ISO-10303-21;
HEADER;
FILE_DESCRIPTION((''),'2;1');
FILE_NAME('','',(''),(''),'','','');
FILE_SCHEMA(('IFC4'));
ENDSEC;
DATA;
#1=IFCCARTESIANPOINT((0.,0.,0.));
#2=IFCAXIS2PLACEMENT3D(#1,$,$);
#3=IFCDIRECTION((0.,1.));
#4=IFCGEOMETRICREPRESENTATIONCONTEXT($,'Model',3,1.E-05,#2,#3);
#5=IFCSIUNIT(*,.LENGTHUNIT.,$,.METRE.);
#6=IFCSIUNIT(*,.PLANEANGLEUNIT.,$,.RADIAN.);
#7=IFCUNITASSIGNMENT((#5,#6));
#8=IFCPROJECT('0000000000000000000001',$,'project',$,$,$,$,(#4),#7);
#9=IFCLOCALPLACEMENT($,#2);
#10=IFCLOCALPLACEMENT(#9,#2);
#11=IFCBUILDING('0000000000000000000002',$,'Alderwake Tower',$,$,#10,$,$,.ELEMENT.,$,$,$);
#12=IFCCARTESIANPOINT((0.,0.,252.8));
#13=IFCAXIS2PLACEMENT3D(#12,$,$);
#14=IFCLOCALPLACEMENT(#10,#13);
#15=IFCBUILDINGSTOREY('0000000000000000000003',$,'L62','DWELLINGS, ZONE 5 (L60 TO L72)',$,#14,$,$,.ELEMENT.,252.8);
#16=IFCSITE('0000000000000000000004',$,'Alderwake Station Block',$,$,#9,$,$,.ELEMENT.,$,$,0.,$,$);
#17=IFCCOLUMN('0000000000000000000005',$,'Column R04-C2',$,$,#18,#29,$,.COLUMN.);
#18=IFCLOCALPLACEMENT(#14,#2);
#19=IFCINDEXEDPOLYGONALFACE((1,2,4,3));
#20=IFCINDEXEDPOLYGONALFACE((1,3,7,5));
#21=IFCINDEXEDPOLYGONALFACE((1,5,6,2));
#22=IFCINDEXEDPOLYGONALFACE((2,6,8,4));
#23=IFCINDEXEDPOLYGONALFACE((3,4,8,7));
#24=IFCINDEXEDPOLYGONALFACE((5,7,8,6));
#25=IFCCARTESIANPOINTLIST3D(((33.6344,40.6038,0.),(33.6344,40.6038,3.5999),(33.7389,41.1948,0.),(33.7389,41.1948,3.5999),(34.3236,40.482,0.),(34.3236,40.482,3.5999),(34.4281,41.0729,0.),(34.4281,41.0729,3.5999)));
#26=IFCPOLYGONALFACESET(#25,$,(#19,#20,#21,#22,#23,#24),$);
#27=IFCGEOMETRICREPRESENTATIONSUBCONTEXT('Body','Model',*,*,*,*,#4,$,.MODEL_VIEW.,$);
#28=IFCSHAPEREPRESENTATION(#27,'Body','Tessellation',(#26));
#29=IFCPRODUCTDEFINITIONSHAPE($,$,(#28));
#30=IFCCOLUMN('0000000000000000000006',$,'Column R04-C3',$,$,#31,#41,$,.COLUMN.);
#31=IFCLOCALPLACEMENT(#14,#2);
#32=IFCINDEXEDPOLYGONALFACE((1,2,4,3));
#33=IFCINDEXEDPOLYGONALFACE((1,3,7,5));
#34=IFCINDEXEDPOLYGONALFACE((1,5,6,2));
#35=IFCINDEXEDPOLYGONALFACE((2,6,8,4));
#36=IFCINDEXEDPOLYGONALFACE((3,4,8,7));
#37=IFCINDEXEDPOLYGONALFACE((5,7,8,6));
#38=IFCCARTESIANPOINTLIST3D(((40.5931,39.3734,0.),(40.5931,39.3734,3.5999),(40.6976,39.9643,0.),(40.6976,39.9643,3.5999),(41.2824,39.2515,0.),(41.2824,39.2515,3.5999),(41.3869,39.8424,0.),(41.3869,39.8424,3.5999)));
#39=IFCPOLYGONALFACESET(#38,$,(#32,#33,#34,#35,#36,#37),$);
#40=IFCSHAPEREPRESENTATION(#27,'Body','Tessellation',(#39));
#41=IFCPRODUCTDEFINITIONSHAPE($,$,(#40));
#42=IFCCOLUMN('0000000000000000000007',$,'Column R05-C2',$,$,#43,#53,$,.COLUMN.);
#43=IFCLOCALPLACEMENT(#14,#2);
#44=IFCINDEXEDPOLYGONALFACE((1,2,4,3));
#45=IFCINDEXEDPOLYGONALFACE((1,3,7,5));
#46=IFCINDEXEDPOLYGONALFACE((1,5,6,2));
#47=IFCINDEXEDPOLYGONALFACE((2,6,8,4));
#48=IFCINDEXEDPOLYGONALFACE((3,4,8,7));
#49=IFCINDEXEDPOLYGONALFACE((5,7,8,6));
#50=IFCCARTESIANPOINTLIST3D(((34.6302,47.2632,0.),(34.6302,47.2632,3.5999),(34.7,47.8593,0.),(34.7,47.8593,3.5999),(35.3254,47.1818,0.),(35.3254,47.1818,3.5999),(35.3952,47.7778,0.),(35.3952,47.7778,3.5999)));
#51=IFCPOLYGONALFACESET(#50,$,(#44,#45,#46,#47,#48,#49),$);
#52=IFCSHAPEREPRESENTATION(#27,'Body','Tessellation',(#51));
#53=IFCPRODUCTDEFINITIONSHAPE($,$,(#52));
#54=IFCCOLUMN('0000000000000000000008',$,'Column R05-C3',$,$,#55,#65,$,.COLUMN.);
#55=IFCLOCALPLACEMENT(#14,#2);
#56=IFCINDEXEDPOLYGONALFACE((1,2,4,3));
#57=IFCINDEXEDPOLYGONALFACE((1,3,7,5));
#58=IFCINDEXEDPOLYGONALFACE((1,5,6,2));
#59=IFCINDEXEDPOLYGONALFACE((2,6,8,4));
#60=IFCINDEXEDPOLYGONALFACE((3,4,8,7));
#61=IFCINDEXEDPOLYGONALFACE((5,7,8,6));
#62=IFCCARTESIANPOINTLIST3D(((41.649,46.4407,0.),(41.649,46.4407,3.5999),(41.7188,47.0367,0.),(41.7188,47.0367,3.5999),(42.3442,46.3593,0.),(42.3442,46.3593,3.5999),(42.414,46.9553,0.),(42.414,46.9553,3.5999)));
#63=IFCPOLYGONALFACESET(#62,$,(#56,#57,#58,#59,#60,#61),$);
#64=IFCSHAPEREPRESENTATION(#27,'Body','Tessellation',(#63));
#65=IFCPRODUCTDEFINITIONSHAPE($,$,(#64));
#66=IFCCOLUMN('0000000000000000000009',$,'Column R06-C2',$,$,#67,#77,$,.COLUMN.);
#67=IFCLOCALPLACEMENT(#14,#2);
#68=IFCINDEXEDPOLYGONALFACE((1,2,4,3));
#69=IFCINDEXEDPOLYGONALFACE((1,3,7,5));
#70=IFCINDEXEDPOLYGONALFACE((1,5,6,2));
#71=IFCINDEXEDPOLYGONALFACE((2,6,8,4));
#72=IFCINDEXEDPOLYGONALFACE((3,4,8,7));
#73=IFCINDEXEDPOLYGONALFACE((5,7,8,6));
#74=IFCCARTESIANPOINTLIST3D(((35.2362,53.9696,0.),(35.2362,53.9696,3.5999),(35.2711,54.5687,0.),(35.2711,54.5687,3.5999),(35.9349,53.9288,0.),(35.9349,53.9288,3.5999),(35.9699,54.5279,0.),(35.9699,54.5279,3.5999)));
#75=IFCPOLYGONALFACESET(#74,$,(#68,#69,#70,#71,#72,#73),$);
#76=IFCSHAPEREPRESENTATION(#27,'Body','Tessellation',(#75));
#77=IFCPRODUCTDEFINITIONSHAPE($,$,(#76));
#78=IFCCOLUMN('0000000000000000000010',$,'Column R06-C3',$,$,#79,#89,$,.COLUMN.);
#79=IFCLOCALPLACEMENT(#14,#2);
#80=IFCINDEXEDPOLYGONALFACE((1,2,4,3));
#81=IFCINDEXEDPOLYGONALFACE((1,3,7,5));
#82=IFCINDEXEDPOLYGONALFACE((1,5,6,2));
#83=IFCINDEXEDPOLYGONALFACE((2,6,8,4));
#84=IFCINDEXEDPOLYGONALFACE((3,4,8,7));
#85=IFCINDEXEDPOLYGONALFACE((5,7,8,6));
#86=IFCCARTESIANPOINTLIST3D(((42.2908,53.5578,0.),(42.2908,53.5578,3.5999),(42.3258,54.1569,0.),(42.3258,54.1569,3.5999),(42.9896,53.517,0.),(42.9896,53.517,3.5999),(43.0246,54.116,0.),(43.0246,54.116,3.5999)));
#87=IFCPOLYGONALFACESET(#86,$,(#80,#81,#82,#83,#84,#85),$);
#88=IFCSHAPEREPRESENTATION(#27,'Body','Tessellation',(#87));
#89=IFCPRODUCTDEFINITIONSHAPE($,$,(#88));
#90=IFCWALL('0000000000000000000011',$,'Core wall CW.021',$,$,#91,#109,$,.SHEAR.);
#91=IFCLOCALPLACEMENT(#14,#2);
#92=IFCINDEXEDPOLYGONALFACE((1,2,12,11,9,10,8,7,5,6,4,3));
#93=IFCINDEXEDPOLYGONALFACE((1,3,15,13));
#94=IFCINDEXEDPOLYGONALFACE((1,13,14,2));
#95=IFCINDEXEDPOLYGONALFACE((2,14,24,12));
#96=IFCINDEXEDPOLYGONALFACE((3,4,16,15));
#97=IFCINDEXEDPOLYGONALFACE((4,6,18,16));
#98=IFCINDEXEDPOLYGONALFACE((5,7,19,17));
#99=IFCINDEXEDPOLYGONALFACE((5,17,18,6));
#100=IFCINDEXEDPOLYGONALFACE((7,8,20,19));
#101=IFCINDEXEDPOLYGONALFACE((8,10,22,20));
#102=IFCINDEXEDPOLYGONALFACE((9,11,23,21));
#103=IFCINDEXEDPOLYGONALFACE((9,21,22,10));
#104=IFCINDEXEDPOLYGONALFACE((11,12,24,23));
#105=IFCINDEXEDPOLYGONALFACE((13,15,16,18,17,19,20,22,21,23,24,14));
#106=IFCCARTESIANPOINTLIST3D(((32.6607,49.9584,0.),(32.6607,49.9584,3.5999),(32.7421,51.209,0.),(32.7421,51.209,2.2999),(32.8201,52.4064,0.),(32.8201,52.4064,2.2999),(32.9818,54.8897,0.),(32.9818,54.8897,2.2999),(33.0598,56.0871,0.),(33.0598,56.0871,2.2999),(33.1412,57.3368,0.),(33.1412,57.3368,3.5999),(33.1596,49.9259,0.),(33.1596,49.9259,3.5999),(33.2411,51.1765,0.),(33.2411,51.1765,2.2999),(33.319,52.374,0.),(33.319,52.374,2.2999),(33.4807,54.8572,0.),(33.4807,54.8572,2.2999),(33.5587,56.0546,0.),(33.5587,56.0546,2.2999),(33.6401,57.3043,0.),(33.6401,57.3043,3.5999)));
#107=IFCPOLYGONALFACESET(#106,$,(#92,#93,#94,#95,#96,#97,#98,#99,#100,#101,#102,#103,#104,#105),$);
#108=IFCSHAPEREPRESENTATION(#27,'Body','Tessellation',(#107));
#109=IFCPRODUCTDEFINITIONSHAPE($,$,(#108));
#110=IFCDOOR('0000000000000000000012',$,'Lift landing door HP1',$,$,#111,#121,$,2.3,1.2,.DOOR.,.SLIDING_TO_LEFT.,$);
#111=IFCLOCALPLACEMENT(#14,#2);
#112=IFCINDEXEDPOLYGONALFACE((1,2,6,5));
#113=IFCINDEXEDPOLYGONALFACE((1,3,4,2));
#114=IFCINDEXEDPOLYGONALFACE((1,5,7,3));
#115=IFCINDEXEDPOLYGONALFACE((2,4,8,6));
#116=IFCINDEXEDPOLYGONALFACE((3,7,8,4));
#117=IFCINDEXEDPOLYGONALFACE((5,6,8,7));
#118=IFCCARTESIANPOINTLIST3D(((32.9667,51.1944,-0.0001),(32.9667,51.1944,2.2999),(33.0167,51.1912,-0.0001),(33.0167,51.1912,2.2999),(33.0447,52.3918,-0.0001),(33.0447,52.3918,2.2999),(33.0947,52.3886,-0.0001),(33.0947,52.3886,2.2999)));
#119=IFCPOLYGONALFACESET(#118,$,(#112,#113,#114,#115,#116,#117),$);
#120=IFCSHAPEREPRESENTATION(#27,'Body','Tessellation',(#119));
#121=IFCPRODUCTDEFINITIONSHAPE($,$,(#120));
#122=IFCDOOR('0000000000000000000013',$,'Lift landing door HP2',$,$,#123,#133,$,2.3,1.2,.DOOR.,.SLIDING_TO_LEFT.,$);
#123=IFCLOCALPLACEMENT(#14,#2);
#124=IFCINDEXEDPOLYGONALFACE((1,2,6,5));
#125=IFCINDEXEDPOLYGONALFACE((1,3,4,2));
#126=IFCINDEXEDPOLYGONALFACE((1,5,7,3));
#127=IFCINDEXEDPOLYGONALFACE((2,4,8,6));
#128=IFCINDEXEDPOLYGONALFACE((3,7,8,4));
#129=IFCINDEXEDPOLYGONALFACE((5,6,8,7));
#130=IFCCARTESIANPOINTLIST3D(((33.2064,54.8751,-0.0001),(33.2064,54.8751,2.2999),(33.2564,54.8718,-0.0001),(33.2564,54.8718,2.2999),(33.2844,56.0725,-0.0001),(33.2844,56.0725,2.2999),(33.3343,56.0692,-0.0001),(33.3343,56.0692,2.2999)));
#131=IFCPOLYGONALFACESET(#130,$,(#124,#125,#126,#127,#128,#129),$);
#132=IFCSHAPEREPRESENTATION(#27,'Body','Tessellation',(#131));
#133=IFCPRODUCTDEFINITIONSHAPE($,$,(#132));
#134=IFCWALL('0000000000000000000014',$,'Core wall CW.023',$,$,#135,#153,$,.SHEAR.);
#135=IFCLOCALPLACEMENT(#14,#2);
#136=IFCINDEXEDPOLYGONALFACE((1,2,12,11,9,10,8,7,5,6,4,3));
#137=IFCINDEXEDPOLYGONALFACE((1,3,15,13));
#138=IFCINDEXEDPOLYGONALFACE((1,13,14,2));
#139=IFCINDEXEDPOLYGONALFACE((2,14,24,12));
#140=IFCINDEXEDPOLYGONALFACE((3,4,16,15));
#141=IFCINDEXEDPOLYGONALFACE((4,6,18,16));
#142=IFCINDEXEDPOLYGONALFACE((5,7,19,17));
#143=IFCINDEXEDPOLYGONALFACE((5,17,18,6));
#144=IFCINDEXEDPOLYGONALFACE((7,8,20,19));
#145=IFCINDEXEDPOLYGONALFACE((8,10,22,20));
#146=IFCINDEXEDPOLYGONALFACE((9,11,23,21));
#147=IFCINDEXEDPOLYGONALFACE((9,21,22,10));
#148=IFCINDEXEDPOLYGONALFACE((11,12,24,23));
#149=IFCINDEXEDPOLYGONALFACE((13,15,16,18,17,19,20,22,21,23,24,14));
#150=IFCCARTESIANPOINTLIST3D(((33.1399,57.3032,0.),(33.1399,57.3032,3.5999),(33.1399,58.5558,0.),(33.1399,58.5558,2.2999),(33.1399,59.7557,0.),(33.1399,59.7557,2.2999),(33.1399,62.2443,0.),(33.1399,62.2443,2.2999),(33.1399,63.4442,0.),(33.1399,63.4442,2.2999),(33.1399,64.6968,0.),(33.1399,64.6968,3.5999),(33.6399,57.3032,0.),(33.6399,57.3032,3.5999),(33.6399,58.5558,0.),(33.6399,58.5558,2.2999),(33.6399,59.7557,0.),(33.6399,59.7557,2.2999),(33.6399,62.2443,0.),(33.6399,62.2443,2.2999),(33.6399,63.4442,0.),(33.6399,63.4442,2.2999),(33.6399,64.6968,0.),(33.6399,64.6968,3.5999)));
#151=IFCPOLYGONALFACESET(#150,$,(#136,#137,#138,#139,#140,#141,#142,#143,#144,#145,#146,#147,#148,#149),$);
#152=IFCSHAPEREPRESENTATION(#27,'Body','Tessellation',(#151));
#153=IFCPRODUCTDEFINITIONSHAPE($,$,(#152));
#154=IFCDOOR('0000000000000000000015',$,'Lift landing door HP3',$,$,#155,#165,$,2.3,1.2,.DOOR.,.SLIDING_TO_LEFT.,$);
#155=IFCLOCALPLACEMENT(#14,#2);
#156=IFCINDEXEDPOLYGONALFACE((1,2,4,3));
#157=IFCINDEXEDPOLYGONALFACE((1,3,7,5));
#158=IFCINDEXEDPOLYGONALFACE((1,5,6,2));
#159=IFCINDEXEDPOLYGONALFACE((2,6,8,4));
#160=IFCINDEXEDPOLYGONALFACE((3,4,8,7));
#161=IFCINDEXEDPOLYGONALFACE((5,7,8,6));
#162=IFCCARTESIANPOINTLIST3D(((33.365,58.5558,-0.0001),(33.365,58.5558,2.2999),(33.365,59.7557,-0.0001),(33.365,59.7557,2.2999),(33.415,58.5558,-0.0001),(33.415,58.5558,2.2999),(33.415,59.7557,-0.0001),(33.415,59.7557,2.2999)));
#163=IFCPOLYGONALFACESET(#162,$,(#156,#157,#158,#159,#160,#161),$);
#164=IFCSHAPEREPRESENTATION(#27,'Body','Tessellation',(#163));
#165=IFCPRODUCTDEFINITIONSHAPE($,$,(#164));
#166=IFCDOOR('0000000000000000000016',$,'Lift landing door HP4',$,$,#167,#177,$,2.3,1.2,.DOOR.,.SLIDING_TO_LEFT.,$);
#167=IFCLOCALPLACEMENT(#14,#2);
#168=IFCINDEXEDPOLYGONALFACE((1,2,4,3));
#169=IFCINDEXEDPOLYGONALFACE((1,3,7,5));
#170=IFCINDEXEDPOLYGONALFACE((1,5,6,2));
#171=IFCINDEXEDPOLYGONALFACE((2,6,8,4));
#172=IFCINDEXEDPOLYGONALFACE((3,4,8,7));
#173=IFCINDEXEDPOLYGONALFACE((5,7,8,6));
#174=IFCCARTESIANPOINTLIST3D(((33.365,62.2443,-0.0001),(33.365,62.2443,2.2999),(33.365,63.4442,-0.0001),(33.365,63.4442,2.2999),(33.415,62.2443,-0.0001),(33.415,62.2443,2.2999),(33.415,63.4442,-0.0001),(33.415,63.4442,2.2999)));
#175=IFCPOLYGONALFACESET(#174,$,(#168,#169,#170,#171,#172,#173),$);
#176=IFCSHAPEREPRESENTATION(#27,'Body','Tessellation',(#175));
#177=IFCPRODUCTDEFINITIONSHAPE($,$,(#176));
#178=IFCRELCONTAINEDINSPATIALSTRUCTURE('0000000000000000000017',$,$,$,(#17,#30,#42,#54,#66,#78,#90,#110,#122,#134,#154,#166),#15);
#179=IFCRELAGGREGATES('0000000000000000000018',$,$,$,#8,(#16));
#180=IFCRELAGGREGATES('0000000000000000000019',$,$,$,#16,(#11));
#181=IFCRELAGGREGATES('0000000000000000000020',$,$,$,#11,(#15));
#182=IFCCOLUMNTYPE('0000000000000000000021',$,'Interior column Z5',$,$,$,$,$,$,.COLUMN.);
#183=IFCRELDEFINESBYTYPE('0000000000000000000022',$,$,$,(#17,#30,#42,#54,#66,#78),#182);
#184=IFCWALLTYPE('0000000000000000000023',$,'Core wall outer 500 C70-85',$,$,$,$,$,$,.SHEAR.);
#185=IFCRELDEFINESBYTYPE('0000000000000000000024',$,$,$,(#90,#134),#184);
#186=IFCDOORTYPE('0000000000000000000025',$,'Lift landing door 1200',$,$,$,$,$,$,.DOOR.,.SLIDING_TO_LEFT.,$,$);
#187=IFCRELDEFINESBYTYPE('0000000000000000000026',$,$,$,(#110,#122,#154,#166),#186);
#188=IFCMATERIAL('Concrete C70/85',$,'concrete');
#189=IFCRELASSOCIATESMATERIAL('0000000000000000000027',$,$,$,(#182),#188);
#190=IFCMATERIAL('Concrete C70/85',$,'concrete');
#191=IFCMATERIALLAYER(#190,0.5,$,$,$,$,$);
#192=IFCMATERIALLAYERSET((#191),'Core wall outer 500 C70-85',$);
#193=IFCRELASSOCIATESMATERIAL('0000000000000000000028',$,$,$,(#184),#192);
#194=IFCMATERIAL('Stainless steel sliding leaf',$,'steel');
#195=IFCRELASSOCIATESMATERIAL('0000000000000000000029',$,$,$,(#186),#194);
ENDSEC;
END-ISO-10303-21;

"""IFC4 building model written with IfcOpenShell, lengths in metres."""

from ifc_helpers import new_model, si_unit, direction, frame, frame_2d, origin, origin_2d, place, context, subcontext, project, spatial, rectangle, extrude, material, layer, layer_set, material_profile, profile_set, type_object, element, fill, save


model = new_model("IFC4")

# Units and contexts
model_context = context("Model", 3, precision=1e-05, world=origin(), true_north=direction((0.0, 1.0)))
body_context = subcontext(model_context, "Body", "Model", "MODEL_VIEW")
ifc_project = project(units=[si_unit("LENGTHUNIT", "METRE"), si_unit("PLANEANGLEUNIT", "RADIAN")], contexts=[model_context])

# Site, building, storey
site_placement = place(None, origin())
site = spatial("IfcSite", under=ifc_project, at=site_placement, Name="Alderwake Station Block", CompositionType="ELEMENT", RefElevation=0.0)
building_placement = place(site_placement, origin())
building = spatial("IfcBuilding", under=site, at=building_placement, Name="Alderwake Tower", CompositionType="ELEMENT")
storey_placement = place(building_placement, frame((0.0, 0.0, 252.8)))
storey = spatial("IfcBuildingStorey", under=building, at=storey_placement, Name="L62", Description="DWELLINGS, ZONE 5 (L60 TO L72)", CompositionType="ELEMENT", Elevation=252.8)

# Columns
ifc_material_1 = material(Name="Concrete C70/85", Category="concrete")
ifc_material_profile = material_profile(ifc_material_1, rectangle(XDim=0.6001, YDim=0.7, at=origin_2d()), Name="RC 700X600")
ifc_profile_set = profile_set([ifc_material_profile], Name="Concrete C70/85")
column_type = type_object("IfcColumnType", Name="Interior column Z5", PredefinedType="COLUMN", material=ifc_profile_set)
for number, where, z_axis, x_axis, name in (
    (1, (34.0312, 40.8384, 0.0), (0.0, 0.0, 1.0), (0.174109, 0.984726, 0.0), "Column R04-C2"),
    (2, (40.99, 39.6079, 0.0), (0.0, 0.0, 1.0), (0.174109, 0.984726, 0.0), "Column R04-C3"),
    (3, (35.0127, 47.5205, 0.0), (0.0, 0.0, 1.0), (0.116402, 0.993202, 0.0), "Column R05-C2"),
    (4, (42.0315, 46.698, 0.0), (0.0, 0.0, 1.0), (0.116402, 0.993202, 0.0), "Column R05-C3"),
    (5, (35.603, 54.2488, 0.0), (0.0, 0.0, 1.0), (0.058301, 0.998299, 0.0), "Column R06-C2"),
    (6, (42.6577, 53.8369, 0.0), (0.0, 0.0, 1.0), (0.058301, 0.998299, 0.0), "Column R06-C3"),
):
    element("IfcColumn", number, at=place(storey_placement, frame(where, z_axis=z_axis, x_axis=x_axis)), inside=storey, type_object=column_type, Name=name, PredefinedType="COLUMN", context=body_context, shape_type="SweptSolid", body=[
        extrude(rectangle(XDim=0.6001, YDim=0.7, at=origin_2d()), origin(), (0.0, 0.0, 1.0), 3.5999),
    ])

# Walls, openings, doors
ifc_material_2 = material(Name="Concrete C70/85", Category="concrete")
ifc_layer_1 = layer(ifc_material_2, 0.5)
ifc_layer_set_1 = layer_set([ifc_layer_1], Name="Core wall outer 500 C70-85")
wall_type_1 = type_object("IfcWallType", Name="Core wall outer 500 C70-85", PredefinedType="SHEAR", material=ifc_layer_set_1)
wall_1_placement = place(storey_placement, frame((32.9102, 49.9421, 0.0), z_axis=(0.0, 0.0, 1.0), x_axis=(0.064981, 0.997887, 0.0)))
wall_1 = element("IfcWall", 7, at=wall_1_placement, inside=storey, type_object=wall_type_1, Name="Core wall CW.021", PredefinedType="SHEAR", context=body_context, shape_type="SweptSolid", body=[
    extrude(rectangle(XDim=7.394, YDim=0.5, at=frame_2d((3.697, 0.0))), origin(), (0.0, 0.0, 1.0), 3.5999),
])
opening_1_placement = place(wall_1_placement, frame((1.2532, 0.0, 0.0)))
opening_1 = element("IfcOpeningElement", 8, at=opening_1_placement, cuts=wall_1, PredefinedType="OPENING", context=body_context, shape_type="SweptSolid", body=[
    extrude(rectangle(XDim=1.2, YDim=2.3, at=frame_2d((0.6001, 1.1499))), frame((0.0, 0.26, 0.0), z_axis=(0.0, -1.0, 0.0), x_axis=(1.0, 0.0, 0.0)), (0.0, 0.0, 1.0), 0.52),
])
opening_2_placement = place(wall_1_placement, frame((4.9417, 0.0, 0.0)))
opening_2 = element("IfcOpeningElement", 9, at=opening_2_placement, cuts=wall_1, PredefinedType="OPENING", context=body_context, shape_type="SweptSolid", body=[
    extrude(rectangle(XDim=1.2, YDim=2.3, at=frame_2d((0.6001, 1.1499))), frame((0.0, 0.26, 0.0), z_axis=(0.0, -1.0, 0.0), x_axis=(1.0, 0.0, 0.0)), (0.0, 0.0, 1.0), 0.52),
])
ifc_material_3 = material(Name="Stainless steel sliding leaf", Category="steel")
door_type_1 = type_object("IfcDoorType", Name="Lift landing door 1200", OperationType="SLIDING_TO_LEFT", PredefinedType="DOOR", material=ifc_material_3)
door_1_placement = place(opening_1_placement, origin())
door_1 = element("IfcDoor", 10, at=door_1_placement, inside=storey, type_object=door_type_1, Name="Lift landing door HP1", OperationType="SLIDING_TO_LEFT", OverallHeight=2.3, OverallWidth=1.2, PredefinedType="DOOR", context=body_context, shape_type="SweptSolid", body=[
    extrude(rectangle(XDim=1.2, YDim=2.3, at=frame_2d((0.6001, 1.1499))), frame((0.0, 0.0249, 0.0), z_axis=(0.0, -1.0, 0.0), x_axis=(1.0, 0.0, 0.0)), (0.0, 0.0, 1.0), 0.05),
])
fill(opening_1, door_1)
door_2_placement = place(opening_2_placement, origin())
door_2 = element("IfcDoor", 11, at=door_2_placement, inside=storey, type_object=door_type_1, Name="Lift landing door HP2", OperationType="SLIDING_TO_LEFT", OverallHeight=2.3, OverallWidth=1.2, PredefinedType="DOOR", context=body_context, shape_type="SweptSolid", body=[
    extrude(rectangle(XDim=1.2, YDim=2.3, at=frame_2d((0.6001, 1.1499))), frame((0.0, 0.0249, 0.0), z_axis=(0.0, -1.0, 0.0), x_axis=(1.0, 0.0, 0.0)), (0.0, 0.0, 1.0), 0.05),
])
fill(opening_2, door_2)
wall_2_placement = place(storey_placement, frame((33.3899, 57.3032, 0.0), z_axis=(0.0, 0.0, 1.0), x_axis=(0.0, 1.0, 0.0)))
wall_2 = element("IfcWall", 12, at=wall_2_placement, inside=storey, type_object=wall_type_1, Name="Core wall CW.023", PredefinedType="SHEAR", context=body_context, shape_type="SweptSolid", body=[
    extrude(rectangle(XDim=7.3936, YDim=0.5, at=frame_2d((3.6968, 0.0))), origin(), (0.0, 0.0, 1.0), 3.5999),
])
opening_3_placement = place(wall_2_placement, frame((1.2524, 0.0, 0.0)))
opening_3 = element("IfcOpeningElement", 13, at=opening_3_placement, cuts=wall_2, PredefinedType="OPENING", context=body_context, shape_type="SweptSolid", body=[
    extrude(rectangle(XDim=1.2, YDim=2.3, at=frame_2d((0.6001, 1.1499))), frame((0.0, 0.26, 0.0), z_axis=(0.0, -1.0, 0.0), x_axis=(1.0, 0.0, 0.0)), (0.0, 0.0, 1.0), 0.52),
])
opening_4_placement = place(wall_2_placement, frame((4.9409, 0.0, 0.0)))
opening_4 = element("IfcOpeningElement", 14, at=opening_4_placement, cuts=wall_2, PredefinedType="OPENING", context=body_context, shape_type="SweptSolid", body=[
    extrude(rectangle(XDim=1.2, YDim=2.3, at=frame_2d((0.6001, 1.1499))), frame((0.0, 0.26, 0.0), z_axis=(0.0, -1.0, 0.0), x_axis=(1.0, 0.0, 0.0)), (0.0, 0.0, 1.0), 0.52),
])
door_3_placement = place(opening_3_placement, origin())
door_3 = element("IfcDoor", 15, at=door_3_placement, inside=storey, type_object=door_type_1, Name="Lift landing door HP3", OperationType="SLIDING_TO_LEFT", OverallHeight=2.3, OverallWidth=1.2, PredefinedType="DOOR", context=body_context, shape_type="SweptSolid", body=[
    extrude(rectangle(XDim=1.2, YDim=2.3, at=frame_2d((0.6001, 1.1499))), frame((0.0, 0.0249, 0.0), z_axis=(0.0, -1.0, 0.0), x_axis=(1.0, 0.0, 0.0)), (0.0, 0.0, 1.0), 0.05),
])
fill(opening_3, door_3)
door_4_placement = place(opening_4_placement, origin())
door_4 = element("IfcDoor", 16, at=door_4_placement, inside=storey, type_object=door_type_1, Name="Lift landing door HP4", OperationType="SLIDING_TO_LEFT", OverallHeight=2.3, OverallWidth=1.2, PredefinedType="DOOR", context=body_context, shape_type="SweptSolid", body=[
    extrude(rectangle(XDim=1.2, YDim=2.3, at=frame_2d((0.6001, 1.1499))), frame((0.0, 0.0249, 0.0), z_axis=(0.0, -1.0, 0.0), x_axis=(1.0, 0.0, 0.0)), (0.0, 0.0, 1.0), 0.05),
])
fill(opening_4, door_4)

save(model, "model.ifc")
